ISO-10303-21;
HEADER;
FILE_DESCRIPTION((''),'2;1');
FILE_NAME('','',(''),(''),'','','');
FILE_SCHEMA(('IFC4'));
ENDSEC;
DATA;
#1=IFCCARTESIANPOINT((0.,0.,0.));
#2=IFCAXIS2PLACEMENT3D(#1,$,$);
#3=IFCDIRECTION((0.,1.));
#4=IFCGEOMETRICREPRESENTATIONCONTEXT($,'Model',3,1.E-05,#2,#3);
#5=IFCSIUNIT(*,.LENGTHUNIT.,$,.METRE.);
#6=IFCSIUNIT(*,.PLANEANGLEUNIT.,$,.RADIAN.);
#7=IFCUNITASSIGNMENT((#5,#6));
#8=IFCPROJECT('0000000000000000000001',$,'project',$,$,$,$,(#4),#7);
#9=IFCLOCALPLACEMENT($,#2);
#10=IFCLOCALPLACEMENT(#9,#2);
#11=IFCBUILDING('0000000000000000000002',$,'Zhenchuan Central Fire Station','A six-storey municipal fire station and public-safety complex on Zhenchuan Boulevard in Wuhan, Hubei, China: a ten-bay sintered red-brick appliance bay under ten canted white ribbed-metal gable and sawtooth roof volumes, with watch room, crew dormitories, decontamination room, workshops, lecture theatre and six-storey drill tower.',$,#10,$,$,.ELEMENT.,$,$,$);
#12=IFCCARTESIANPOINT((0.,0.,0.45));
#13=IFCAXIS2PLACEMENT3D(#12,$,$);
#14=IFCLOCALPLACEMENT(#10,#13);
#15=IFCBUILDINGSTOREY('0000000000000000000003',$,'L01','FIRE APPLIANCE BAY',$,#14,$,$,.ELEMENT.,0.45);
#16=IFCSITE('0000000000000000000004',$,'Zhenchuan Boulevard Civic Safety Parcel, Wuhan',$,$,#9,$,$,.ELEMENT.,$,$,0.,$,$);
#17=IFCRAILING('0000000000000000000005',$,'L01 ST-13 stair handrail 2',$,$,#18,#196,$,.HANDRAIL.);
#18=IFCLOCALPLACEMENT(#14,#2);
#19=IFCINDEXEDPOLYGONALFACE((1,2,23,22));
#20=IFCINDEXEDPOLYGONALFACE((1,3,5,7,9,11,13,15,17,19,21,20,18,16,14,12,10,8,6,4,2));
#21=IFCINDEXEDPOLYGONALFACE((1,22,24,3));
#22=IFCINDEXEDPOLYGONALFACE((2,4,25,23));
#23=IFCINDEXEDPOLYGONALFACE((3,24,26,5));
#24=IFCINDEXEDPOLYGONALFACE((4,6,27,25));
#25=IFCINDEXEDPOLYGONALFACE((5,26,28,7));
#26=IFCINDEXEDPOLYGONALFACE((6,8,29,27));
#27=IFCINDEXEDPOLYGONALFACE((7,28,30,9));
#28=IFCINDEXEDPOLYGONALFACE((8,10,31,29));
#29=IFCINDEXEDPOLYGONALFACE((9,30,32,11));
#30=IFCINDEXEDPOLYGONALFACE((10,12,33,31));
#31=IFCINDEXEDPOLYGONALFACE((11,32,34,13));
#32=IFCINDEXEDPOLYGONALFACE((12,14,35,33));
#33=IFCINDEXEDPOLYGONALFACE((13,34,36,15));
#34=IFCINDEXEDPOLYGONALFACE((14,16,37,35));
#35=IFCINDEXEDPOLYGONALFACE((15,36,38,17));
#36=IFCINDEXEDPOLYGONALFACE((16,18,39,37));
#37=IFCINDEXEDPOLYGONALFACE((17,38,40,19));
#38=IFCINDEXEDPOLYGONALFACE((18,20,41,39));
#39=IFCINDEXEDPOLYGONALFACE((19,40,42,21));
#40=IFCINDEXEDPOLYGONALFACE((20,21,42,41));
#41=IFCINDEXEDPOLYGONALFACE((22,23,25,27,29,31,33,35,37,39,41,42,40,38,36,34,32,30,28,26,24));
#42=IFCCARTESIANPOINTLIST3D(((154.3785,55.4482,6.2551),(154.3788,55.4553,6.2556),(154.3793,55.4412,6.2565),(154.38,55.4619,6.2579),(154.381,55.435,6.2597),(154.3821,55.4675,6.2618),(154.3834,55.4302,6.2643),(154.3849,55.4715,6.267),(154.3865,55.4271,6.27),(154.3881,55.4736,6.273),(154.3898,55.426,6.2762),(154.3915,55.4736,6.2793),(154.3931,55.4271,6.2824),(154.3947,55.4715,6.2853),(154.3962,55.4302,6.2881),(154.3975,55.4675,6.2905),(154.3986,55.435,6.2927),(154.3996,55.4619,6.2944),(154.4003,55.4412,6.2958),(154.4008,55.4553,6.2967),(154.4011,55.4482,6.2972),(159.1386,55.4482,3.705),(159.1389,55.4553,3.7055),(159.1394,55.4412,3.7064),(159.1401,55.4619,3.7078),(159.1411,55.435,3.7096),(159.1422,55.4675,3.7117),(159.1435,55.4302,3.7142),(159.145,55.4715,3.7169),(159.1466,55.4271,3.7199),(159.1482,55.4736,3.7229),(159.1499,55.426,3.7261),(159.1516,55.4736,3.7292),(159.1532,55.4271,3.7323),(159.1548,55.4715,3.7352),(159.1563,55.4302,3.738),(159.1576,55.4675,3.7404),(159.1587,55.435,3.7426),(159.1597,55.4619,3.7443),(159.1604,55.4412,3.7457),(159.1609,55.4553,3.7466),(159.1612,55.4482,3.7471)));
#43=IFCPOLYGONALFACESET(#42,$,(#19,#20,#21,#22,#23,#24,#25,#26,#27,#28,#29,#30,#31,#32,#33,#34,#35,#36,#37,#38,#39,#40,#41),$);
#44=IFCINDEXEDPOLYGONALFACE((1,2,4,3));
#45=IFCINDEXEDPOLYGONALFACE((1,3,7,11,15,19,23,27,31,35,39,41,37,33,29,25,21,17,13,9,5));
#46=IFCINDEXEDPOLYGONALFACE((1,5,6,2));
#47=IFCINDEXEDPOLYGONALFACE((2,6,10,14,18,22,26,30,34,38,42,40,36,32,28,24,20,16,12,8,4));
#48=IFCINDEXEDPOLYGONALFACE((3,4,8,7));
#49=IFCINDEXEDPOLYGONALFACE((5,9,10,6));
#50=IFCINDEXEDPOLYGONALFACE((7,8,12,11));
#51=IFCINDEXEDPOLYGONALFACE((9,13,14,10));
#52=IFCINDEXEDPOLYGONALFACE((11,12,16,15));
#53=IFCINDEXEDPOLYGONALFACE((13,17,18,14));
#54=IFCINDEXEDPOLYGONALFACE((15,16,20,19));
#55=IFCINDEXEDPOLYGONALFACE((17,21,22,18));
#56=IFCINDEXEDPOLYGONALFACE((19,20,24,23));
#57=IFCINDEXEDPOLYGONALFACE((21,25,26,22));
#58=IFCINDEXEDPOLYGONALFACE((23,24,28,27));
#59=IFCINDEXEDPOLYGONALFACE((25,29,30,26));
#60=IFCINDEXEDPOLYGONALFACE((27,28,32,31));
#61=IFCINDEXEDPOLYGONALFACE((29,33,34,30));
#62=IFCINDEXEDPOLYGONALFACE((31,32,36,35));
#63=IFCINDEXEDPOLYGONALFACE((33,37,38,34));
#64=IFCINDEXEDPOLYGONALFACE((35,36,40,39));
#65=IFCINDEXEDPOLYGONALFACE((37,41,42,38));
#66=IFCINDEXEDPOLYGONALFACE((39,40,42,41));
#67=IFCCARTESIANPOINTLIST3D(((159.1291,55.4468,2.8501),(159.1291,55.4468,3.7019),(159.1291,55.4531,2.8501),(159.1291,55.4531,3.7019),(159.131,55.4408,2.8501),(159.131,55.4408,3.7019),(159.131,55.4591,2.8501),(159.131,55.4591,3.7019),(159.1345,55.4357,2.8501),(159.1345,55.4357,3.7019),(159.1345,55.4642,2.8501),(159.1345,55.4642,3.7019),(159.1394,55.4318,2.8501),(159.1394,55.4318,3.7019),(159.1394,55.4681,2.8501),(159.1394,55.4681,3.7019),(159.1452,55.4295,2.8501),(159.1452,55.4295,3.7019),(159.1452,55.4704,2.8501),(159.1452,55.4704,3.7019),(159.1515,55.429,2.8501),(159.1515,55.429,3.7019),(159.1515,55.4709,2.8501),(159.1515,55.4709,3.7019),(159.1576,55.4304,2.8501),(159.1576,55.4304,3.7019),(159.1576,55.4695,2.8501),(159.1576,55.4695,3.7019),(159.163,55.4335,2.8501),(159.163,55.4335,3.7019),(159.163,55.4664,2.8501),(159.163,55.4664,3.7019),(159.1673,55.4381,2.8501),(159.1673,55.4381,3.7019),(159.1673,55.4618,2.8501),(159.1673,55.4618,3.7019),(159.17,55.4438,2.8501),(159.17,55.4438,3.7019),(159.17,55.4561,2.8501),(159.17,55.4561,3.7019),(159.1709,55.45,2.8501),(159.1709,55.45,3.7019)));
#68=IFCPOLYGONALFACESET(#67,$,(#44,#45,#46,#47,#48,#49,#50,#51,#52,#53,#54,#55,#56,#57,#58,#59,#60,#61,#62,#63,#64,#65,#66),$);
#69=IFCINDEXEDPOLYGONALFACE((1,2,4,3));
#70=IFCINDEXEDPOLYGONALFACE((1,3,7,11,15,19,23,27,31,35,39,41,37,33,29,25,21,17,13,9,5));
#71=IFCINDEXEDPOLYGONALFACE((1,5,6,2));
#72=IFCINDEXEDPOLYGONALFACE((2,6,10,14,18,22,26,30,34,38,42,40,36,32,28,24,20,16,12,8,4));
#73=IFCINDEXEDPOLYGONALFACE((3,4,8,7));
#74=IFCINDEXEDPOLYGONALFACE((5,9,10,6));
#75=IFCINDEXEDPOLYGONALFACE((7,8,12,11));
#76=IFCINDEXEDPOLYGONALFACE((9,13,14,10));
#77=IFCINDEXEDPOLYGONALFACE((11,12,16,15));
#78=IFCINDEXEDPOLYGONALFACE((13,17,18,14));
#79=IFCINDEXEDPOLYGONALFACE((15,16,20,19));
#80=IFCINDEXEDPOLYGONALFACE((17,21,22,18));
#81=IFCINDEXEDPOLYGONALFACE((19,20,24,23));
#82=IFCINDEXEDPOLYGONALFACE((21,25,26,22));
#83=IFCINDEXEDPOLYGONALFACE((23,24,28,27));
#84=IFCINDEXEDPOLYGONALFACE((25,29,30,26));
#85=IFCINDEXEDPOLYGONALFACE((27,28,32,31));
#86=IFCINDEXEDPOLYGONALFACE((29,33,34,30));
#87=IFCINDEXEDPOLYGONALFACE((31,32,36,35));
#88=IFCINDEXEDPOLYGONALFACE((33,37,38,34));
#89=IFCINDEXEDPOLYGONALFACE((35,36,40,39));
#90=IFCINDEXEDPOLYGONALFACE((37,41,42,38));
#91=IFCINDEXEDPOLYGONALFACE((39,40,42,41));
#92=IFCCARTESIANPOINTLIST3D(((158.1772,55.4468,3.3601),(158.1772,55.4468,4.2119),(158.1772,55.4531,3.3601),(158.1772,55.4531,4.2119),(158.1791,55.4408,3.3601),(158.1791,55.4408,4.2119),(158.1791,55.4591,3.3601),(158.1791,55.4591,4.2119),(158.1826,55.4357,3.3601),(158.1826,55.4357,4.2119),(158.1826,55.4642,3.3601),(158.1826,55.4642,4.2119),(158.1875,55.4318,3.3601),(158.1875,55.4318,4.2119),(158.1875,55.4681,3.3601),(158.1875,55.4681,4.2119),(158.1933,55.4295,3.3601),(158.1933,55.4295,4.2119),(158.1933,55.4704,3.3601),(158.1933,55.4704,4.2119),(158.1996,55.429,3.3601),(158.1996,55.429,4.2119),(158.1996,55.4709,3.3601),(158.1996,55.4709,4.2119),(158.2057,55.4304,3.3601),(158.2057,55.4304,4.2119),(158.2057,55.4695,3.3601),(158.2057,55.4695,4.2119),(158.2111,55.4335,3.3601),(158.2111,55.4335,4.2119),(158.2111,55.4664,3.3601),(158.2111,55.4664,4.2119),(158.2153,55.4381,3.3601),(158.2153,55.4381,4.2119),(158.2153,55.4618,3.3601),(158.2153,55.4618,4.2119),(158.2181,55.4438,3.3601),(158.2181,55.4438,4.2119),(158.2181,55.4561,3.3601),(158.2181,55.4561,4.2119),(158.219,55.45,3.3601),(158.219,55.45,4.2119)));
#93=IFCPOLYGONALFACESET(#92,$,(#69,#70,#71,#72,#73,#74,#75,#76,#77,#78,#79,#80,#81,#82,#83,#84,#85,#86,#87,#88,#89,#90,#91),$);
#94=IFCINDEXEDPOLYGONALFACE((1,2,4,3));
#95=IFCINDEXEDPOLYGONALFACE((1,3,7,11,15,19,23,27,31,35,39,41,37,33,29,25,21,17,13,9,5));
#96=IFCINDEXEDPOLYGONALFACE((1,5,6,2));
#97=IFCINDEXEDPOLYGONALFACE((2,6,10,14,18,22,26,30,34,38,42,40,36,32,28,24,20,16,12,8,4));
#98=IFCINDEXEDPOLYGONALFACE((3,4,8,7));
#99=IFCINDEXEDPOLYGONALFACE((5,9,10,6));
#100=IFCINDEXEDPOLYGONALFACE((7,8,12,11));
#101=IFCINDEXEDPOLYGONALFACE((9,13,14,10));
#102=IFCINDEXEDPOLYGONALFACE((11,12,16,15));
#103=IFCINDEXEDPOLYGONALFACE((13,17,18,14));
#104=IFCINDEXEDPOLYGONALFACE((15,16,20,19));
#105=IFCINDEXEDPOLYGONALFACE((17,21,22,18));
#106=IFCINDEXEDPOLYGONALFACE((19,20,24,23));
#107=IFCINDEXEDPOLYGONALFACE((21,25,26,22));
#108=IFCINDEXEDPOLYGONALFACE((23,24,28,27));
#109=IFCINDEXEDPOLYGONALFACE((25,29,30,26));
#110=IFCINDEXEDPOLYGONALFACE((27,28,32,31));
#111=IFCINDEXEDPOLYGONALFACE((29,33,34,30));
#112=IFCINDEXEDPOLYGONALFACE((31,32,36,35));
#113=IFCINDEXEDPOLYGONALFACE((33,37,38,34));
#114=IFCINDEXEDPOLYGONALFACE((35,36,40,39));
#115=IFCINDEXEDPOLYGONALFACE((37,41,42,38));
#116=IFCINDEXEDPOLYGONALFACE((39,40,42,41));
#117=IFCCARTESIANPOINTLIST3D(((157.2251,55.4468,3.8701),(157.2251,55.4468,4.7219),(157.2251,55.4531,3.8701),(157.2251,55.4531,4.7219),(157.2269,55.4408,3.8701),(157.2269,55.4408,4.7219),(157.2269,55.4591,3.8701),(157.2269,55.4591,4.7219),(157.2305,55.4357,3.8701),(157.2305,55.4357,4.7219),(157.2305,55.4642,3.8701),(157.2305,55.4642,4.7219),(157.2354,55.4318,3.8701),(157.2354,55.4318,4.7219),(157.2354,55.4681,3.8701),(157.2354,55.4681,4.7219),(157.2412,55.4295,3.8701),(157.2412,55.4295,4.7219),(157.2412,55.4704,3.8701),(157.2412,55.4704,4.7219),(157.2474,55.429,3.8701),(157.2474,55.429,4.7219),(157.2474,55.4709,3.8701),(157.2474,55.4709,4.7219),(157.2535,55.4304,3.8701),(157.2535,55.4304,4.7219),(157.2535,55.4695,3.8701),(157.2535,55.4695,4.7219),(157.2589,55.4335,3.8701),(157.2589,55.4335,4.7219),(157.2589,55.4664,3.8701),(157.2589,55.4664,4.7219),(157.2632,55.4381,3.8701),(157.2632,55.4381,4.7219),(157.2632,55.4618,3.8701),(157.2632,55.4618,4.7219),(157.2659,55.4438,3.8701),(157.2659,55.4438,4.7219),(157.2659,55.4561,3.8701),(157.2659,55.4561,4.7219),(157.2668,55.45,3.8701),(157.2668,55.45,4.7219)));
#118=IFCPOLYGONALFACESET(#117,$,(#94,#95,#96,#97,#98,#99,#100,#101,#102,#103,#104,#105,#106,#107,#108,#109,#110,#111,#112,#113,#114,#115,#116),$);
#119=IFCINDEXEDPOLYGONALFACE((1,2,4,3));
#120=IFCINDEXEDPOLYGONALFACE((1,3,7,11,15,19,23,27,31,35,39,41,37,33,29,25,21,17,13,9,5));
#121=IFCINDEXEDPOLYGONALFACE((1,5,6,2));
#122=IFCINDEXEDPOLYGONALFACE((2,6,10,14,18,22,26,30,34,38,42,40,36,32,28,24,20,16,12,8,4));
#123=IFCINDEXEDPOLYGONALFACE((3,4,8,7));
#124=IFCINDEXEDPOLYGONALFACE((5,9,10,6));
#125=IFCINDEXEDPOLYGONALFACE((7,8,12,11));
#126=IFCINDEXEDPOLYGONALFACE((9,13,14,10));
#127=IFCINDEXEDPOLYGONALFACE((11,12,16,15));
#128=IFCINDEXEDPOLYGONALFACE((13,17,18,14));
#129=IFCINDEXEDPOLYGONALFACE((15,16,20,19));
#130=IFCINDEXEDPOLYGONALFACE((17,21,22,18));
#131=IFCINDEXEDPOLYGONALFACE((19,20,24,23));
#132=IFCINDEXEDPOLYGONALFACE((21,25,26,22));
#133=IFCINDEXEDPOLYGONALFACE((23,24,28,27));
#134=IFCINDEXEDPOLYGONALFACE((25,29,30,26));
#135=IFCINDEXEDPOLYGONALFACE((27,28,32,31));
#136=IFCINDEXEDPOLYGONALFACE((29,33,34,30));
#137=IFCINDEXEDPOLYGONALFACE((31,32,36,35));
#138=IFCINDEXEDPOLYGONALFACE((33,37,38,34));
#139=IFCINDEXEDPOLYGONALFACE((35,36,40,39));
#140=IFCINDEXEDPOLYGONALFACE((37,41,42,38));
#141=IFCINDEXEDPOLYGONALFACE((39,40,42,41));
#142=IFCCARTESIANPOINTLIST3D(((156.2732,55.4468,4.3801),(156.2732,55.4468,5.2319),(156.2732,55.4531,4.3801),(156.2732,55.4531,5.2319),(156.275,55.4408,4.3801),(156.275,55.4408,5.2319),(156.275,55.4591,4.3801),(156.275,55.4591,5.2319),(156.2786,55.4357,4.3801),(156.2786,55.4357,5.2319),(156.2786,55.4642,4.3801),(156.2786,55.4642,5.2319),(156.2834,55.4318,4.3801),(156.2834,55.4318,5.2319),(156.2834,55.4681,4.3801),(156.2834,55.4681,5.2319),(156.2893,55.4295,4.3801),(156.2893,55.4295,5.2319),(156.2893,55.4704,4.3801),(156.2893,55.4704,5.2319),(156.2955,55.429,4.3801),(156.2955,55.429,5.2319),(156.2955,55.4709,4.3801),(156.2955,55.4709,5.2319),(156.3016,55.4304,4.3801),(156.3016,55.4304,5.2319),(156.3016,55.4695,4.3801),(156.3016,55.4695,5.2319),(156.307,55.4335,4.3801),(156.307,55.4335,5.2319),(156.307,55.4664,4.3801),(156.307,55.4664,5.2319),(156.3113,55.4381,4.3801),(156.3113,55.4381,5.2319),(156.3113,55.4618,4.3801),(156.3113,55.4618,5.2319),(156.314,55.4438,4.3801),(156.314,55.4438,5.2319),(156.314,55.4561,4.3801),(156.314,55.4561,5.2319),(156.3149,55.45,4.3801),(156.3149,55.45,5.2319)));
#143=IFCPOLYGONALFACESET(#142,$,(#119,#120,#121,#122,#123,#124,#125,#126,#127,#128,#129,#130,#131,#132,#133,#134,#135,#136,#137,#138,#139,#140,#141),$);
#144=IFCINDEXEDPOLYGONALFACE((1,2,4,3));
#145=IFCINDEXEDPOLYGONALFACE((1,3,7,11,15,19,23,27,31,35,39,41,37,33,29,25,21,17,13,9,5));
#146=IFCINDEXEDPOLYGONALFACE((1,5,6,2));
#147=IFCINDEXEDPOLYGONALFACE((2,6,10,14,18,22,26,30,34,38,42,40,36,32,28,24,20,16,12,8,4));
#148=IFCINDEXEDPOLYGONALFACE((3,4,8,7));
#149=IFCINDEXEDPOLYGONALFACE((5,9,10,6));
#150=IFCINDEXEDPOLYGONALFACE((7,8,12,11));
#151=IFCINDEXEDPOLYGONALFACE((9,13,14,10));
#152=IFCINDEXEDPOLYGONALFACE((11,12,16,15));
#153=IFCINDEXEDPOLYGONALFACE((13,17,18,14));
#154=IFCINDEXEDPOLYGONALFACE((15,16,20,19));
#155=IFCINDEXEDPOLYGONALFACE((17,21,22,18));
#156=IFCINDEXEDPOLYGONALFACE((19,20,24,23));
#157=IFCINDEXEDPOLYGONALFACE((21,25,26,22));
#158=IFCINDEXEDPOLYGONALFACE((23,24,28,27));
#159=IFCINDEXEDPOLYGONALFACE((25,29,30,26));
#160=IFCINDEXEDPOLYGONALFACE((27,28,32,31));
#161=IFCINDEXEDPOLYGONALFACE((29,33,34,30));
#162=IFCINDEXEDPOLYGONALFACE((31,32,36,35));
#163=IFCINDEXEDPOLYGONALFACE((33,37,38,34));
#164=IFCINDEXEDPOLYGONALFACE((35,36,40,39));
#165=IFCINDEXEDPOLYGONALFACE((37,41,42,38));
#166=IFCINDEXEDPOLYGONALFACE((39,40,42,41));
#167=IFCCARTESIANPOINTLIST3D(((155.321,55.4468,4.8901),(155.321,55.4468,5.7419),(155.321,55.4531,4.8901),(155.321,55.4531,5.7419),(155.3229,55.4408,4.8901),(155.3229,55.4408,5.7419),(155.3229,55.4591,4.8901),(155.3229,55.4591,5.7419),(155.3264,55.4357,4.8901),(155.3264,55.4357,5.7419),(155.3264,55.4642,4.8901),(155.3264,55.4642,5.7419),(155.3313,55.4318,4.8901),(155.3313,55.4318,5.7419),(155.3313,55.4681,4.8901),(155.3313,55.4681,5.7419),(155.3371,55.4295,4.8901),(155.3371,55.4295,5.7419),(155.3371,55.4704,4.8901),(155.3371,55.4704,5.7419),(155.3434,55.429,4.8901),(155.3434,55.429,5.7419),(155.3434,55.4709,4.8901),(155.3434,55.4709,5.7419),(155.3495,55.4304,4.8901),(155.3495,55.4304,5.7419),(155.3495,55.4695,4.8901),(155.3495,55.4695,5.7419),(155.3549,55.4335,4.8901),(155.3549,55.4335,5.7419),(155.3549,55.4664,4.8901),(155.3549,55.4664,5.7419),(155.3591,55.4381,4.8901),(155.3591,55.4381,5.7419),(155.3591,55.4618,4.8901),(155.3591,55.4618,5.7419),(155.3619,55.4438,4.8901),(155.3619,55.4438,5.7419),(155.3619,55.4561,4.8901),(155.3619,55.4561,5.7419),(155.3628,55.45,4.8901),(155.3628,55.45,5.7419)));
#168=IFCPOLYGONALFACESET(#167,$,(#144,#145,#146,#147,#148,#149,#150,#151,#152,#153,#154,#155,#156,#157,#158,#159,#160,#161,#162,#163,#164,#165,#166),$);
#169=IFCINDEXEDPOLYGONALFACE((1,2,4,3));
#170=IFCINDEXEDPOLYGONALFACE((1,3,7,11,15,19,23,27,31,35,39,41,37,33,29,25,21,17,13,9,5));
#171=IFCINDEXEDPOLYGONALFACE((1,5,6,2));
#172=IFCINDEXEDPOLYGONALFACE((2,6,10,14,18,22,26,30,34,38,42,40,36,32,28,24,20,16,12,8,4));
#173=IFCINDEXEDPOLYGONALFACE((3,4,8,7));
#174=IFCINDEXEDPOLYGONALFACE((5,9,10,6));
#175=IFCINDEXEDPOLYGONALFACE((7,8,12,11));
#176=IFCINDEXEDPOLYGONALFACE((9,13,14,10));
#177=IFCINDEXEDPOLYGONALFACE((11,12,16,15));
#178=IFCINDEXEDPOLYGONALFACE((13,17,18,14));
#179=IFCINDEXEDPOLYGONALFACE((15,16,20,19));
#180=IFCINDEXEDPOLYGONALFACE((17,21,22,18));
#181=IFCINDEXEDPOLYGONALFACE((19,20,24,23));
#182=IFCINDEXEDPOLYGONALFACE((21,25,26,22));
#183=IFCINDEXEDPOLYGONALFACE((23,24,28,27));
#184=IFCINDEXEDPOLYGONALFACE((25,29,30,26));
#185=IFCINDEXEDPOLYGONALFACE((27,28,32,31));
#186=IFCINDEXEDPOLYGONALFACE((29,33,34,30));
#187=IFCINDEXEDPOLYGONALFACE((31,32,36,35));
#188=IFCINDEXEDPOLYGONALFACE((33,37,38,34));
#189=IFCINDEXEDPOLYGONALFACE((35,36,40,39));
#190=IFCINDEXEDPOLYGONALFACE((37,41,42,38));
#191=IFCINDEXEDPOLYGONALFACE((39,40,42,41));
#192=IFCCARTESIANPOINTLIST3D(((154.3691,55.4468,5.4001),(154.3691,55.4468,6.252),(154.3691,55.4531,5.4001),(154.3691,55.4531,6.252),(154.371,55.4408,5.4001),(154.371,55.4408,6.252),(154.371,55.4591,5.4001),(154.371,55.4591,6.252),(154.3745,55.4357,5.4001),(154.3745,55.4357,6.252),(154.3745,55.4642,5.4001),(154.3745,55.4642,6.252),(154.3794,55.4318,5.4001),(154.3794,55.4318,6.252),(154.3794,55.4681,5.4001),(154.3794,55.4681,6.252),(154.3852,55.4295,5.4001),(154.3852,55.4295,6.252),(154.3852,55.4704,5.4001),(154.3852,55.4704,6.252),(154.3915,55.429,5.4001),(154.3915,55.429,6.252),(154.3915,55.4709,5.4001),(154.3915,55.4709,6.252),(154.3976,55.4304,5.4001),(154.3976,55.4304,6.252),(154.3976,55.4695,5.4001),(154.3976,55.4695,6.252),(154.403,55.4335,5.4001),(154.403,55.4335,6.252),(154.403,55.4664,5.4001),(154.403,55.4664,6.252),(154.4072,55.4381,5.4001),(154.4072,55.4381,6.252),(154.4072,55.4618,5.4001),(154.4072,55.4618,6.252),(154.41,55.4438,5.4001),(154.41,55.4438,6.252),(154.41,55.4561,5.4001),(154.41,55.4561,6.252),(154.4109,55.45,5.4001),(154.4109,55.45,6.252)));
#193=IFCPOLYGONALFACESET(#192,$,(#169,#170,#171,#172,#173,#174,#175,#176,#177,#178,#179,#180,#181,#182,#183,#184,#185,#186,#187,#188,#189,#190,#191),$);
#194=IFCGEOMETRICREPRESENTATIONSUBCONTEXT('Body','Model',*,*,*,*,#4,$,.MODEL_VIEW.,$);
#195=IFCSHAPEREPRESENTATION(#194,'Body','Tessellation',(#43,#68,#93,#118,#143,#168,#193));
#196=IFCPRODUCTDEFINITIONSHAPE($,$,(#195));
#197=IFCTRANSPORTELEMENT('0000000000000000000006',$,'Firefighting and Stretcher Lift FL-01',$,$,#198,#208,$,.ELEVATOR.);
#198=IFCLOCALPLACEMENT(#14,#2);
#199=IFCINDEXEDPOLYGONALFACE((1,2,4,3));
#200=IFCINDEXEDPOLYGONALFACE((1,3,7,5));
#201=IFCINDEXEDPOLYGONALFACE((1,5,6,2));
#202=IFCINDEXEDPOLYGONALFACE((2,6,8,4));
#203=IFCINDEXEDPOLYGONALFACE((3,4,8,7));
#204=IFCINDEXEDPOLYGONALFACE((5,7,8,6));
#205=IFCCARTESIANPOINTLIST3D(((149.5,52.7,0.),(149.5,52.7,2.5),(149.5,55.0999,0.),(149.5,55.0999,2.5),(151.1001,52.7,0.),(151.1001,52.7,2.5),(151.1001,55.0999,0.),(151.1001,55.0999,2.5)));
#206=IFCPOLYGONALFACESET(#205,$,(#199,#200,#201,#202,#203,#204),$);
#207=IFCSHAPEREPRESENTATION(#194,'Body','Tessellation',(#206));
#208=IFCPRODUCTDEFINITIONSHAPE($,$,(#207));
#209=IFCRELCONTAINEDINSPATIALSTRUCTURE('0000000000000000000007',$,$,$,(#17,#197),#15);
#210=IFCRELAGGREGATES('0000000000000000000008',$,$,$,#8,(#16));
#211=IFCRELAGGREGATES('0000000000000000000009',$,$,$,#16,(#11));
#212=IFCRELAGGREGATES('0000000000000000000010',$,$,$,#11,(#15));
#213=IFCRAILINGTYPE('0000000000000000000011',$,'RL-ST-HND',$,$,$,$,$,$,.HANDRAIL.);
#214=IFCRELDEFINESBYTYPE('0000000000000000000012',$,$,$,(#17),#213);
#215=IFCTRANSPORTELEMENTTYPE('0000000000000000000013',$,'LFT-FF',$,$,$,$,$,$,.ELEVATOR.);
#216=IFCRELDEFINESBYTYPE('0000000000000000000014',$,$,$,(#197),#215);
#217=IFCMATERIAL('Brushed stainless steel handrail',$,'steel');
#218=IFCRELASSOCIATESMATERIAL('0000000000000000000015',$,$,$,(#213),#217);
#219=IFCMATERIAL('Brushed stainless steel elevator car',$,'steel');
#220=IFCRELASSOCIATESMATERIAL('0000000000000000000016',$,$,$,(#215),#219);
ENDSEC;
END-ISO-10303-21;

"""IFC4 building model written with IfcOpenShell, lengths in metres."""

from ifc_helpers import new_model, si_unit, direction, frame, origin, origin_2d, place, context, subcontext, project, spatial, rectangle, circle, extrude, material, type_object, element, save


model = new_model("IFC4")

# Units and contexts
model_context = context("Model", 3, precision=1e-05, world=origin(), true_north=direction((0.0, 1.0)))
body_context = subcontext(model_context, "Body", "Model", "MODEL_VIEW")
ifc_project = project(units=[si_unit("LENGTHUNIT", "METRE"), si_unit("PLANEANGLEUNIT", "RADIAN")], contexts=[model_context])

# Site, building, storey
site_placement = place(None, origin())
site = spatial("IfcSite", under=ifc_project, at=site_placement, Name="Zhenchuan Boulevard Civic Safety Parcel, Wuhan", CompositionType="ELEMENT", RefElevation=0.0)
building_placement = place(site_placement, origin())
building = spatial("IfcBuilding", under=site, at=building_placement, Name="Zhenchuan Central Fire Station", Description="A six-storey municipal fire station and public-safety complex on Zhenchuan Boulevard in Wuhan, Hubei, China: a ten-bay sintered red-brick appliance bay under ten canted white ribbed-metal gable and sawtooth roof volumes, with watch room, crew dormitories, decontamination room, workshops, lecture theatre and six-storey drill tower.", CompositionType="ELEMENT")
storey_placement = place(building_placement, frame((0.0, 0.0, 0.45)))
storey = spatial("IfcBuildingStorey", under=building, at=storey_placement, Name="L01", Description="FIRE APPLIANCE BAY", CompositionType="ELEMENT", Elevation=0.45)

# Railing
ifc_material_1 = material(Name="Brushed stainless steel handrail", Category="steel")
railing_type_1 = type_object("IfcRailingType", Name="RL-ST-HND", PredefinedType="HANDRAIL", material=ifc_material_1)
railing_1_placement = place(storey_placement, frame((159.1499, 55.45, 2.8501)))
element("IfcRailing", 1, at=railing_1_placement, inside=storey, type_object=railing_type_1, Name="L01 ST-13 stair handrail 2", PredefinedType="HANDRAIL", context=body_context, shape_type="SweptSolid", body=[
    extrude(circle(Radius=0.0239, at=origin_2d()), frame((0.0, 0.0, 0.876), z_axis=(-0.881477, 0.0, 0.472228), x_axis=(0.0, -1.0, 0.0)), (0.0, 0.0, 1.0), 5.4001),
    extrude(circle(Radius=0.021, at=origin_2d()), origin(), (0.0, 0.0, 1.0), 0.8518),
    extrude(circle(Radius=0.021, at=origin_2d()), frame((-0.9519, 0.0, 0.51)), (0.0, 0.0, 1.0), 0.8518),
    extrude(circle(Radius=0.021, at=origin_2d()), frame((-1.9041, 0.0, 1.02)), (0.0, 0.0, 1.0), 0.8518),
    extrude(circle(Radius=0.021, at=origin_2d()), frame((-2.856, 0.0, 1.53)), (0.0, 0.0, 1.0), 0.8518),
    extrude(circle(Radius=0.021, at=origin_2d()), frame((-3.8081, 0.0, 2.04)), (0.0, 0.0, 1.0), 0.8518),
    extrude(circle(Radius=0.021, at=origin_2d()), frame((-4.76, 0.0, 2.55)), (0.0, 0.0, 1.0), 0.8518),
])

# Transport element
ifc_material_2 = material(Name="Brushed stainless steel elevator car", Category="steel")
transport_element_type = type_object("IfcTransportElementType", Name="LFT-FF", PredefinedType="ELEVATOR", material=ifc_material_2)
transport_element_placement = place(storey_placement, frame((150.3, 53.8999, 0.0), z_axis=(0.0, 0.0, 1.0), x_axis=(1.0, 0.0, 0.0)))
element("IfcTransportElement", 2, at=transport_element_placement, inside=storey, type_object=transport_element_type, Name="Firefighting and Stretcher Lift FL-01", PredefinedType="ELEVATOR", context=body_context, shape_type="SweptSolid", body=[
    extrude(rectangle(XDim=1.6001, YDim=2.3999, at=origin_2d()), origin(), (0.0, 0.0, 1.0), 2.5),
])

save(model, "model.ifc")
